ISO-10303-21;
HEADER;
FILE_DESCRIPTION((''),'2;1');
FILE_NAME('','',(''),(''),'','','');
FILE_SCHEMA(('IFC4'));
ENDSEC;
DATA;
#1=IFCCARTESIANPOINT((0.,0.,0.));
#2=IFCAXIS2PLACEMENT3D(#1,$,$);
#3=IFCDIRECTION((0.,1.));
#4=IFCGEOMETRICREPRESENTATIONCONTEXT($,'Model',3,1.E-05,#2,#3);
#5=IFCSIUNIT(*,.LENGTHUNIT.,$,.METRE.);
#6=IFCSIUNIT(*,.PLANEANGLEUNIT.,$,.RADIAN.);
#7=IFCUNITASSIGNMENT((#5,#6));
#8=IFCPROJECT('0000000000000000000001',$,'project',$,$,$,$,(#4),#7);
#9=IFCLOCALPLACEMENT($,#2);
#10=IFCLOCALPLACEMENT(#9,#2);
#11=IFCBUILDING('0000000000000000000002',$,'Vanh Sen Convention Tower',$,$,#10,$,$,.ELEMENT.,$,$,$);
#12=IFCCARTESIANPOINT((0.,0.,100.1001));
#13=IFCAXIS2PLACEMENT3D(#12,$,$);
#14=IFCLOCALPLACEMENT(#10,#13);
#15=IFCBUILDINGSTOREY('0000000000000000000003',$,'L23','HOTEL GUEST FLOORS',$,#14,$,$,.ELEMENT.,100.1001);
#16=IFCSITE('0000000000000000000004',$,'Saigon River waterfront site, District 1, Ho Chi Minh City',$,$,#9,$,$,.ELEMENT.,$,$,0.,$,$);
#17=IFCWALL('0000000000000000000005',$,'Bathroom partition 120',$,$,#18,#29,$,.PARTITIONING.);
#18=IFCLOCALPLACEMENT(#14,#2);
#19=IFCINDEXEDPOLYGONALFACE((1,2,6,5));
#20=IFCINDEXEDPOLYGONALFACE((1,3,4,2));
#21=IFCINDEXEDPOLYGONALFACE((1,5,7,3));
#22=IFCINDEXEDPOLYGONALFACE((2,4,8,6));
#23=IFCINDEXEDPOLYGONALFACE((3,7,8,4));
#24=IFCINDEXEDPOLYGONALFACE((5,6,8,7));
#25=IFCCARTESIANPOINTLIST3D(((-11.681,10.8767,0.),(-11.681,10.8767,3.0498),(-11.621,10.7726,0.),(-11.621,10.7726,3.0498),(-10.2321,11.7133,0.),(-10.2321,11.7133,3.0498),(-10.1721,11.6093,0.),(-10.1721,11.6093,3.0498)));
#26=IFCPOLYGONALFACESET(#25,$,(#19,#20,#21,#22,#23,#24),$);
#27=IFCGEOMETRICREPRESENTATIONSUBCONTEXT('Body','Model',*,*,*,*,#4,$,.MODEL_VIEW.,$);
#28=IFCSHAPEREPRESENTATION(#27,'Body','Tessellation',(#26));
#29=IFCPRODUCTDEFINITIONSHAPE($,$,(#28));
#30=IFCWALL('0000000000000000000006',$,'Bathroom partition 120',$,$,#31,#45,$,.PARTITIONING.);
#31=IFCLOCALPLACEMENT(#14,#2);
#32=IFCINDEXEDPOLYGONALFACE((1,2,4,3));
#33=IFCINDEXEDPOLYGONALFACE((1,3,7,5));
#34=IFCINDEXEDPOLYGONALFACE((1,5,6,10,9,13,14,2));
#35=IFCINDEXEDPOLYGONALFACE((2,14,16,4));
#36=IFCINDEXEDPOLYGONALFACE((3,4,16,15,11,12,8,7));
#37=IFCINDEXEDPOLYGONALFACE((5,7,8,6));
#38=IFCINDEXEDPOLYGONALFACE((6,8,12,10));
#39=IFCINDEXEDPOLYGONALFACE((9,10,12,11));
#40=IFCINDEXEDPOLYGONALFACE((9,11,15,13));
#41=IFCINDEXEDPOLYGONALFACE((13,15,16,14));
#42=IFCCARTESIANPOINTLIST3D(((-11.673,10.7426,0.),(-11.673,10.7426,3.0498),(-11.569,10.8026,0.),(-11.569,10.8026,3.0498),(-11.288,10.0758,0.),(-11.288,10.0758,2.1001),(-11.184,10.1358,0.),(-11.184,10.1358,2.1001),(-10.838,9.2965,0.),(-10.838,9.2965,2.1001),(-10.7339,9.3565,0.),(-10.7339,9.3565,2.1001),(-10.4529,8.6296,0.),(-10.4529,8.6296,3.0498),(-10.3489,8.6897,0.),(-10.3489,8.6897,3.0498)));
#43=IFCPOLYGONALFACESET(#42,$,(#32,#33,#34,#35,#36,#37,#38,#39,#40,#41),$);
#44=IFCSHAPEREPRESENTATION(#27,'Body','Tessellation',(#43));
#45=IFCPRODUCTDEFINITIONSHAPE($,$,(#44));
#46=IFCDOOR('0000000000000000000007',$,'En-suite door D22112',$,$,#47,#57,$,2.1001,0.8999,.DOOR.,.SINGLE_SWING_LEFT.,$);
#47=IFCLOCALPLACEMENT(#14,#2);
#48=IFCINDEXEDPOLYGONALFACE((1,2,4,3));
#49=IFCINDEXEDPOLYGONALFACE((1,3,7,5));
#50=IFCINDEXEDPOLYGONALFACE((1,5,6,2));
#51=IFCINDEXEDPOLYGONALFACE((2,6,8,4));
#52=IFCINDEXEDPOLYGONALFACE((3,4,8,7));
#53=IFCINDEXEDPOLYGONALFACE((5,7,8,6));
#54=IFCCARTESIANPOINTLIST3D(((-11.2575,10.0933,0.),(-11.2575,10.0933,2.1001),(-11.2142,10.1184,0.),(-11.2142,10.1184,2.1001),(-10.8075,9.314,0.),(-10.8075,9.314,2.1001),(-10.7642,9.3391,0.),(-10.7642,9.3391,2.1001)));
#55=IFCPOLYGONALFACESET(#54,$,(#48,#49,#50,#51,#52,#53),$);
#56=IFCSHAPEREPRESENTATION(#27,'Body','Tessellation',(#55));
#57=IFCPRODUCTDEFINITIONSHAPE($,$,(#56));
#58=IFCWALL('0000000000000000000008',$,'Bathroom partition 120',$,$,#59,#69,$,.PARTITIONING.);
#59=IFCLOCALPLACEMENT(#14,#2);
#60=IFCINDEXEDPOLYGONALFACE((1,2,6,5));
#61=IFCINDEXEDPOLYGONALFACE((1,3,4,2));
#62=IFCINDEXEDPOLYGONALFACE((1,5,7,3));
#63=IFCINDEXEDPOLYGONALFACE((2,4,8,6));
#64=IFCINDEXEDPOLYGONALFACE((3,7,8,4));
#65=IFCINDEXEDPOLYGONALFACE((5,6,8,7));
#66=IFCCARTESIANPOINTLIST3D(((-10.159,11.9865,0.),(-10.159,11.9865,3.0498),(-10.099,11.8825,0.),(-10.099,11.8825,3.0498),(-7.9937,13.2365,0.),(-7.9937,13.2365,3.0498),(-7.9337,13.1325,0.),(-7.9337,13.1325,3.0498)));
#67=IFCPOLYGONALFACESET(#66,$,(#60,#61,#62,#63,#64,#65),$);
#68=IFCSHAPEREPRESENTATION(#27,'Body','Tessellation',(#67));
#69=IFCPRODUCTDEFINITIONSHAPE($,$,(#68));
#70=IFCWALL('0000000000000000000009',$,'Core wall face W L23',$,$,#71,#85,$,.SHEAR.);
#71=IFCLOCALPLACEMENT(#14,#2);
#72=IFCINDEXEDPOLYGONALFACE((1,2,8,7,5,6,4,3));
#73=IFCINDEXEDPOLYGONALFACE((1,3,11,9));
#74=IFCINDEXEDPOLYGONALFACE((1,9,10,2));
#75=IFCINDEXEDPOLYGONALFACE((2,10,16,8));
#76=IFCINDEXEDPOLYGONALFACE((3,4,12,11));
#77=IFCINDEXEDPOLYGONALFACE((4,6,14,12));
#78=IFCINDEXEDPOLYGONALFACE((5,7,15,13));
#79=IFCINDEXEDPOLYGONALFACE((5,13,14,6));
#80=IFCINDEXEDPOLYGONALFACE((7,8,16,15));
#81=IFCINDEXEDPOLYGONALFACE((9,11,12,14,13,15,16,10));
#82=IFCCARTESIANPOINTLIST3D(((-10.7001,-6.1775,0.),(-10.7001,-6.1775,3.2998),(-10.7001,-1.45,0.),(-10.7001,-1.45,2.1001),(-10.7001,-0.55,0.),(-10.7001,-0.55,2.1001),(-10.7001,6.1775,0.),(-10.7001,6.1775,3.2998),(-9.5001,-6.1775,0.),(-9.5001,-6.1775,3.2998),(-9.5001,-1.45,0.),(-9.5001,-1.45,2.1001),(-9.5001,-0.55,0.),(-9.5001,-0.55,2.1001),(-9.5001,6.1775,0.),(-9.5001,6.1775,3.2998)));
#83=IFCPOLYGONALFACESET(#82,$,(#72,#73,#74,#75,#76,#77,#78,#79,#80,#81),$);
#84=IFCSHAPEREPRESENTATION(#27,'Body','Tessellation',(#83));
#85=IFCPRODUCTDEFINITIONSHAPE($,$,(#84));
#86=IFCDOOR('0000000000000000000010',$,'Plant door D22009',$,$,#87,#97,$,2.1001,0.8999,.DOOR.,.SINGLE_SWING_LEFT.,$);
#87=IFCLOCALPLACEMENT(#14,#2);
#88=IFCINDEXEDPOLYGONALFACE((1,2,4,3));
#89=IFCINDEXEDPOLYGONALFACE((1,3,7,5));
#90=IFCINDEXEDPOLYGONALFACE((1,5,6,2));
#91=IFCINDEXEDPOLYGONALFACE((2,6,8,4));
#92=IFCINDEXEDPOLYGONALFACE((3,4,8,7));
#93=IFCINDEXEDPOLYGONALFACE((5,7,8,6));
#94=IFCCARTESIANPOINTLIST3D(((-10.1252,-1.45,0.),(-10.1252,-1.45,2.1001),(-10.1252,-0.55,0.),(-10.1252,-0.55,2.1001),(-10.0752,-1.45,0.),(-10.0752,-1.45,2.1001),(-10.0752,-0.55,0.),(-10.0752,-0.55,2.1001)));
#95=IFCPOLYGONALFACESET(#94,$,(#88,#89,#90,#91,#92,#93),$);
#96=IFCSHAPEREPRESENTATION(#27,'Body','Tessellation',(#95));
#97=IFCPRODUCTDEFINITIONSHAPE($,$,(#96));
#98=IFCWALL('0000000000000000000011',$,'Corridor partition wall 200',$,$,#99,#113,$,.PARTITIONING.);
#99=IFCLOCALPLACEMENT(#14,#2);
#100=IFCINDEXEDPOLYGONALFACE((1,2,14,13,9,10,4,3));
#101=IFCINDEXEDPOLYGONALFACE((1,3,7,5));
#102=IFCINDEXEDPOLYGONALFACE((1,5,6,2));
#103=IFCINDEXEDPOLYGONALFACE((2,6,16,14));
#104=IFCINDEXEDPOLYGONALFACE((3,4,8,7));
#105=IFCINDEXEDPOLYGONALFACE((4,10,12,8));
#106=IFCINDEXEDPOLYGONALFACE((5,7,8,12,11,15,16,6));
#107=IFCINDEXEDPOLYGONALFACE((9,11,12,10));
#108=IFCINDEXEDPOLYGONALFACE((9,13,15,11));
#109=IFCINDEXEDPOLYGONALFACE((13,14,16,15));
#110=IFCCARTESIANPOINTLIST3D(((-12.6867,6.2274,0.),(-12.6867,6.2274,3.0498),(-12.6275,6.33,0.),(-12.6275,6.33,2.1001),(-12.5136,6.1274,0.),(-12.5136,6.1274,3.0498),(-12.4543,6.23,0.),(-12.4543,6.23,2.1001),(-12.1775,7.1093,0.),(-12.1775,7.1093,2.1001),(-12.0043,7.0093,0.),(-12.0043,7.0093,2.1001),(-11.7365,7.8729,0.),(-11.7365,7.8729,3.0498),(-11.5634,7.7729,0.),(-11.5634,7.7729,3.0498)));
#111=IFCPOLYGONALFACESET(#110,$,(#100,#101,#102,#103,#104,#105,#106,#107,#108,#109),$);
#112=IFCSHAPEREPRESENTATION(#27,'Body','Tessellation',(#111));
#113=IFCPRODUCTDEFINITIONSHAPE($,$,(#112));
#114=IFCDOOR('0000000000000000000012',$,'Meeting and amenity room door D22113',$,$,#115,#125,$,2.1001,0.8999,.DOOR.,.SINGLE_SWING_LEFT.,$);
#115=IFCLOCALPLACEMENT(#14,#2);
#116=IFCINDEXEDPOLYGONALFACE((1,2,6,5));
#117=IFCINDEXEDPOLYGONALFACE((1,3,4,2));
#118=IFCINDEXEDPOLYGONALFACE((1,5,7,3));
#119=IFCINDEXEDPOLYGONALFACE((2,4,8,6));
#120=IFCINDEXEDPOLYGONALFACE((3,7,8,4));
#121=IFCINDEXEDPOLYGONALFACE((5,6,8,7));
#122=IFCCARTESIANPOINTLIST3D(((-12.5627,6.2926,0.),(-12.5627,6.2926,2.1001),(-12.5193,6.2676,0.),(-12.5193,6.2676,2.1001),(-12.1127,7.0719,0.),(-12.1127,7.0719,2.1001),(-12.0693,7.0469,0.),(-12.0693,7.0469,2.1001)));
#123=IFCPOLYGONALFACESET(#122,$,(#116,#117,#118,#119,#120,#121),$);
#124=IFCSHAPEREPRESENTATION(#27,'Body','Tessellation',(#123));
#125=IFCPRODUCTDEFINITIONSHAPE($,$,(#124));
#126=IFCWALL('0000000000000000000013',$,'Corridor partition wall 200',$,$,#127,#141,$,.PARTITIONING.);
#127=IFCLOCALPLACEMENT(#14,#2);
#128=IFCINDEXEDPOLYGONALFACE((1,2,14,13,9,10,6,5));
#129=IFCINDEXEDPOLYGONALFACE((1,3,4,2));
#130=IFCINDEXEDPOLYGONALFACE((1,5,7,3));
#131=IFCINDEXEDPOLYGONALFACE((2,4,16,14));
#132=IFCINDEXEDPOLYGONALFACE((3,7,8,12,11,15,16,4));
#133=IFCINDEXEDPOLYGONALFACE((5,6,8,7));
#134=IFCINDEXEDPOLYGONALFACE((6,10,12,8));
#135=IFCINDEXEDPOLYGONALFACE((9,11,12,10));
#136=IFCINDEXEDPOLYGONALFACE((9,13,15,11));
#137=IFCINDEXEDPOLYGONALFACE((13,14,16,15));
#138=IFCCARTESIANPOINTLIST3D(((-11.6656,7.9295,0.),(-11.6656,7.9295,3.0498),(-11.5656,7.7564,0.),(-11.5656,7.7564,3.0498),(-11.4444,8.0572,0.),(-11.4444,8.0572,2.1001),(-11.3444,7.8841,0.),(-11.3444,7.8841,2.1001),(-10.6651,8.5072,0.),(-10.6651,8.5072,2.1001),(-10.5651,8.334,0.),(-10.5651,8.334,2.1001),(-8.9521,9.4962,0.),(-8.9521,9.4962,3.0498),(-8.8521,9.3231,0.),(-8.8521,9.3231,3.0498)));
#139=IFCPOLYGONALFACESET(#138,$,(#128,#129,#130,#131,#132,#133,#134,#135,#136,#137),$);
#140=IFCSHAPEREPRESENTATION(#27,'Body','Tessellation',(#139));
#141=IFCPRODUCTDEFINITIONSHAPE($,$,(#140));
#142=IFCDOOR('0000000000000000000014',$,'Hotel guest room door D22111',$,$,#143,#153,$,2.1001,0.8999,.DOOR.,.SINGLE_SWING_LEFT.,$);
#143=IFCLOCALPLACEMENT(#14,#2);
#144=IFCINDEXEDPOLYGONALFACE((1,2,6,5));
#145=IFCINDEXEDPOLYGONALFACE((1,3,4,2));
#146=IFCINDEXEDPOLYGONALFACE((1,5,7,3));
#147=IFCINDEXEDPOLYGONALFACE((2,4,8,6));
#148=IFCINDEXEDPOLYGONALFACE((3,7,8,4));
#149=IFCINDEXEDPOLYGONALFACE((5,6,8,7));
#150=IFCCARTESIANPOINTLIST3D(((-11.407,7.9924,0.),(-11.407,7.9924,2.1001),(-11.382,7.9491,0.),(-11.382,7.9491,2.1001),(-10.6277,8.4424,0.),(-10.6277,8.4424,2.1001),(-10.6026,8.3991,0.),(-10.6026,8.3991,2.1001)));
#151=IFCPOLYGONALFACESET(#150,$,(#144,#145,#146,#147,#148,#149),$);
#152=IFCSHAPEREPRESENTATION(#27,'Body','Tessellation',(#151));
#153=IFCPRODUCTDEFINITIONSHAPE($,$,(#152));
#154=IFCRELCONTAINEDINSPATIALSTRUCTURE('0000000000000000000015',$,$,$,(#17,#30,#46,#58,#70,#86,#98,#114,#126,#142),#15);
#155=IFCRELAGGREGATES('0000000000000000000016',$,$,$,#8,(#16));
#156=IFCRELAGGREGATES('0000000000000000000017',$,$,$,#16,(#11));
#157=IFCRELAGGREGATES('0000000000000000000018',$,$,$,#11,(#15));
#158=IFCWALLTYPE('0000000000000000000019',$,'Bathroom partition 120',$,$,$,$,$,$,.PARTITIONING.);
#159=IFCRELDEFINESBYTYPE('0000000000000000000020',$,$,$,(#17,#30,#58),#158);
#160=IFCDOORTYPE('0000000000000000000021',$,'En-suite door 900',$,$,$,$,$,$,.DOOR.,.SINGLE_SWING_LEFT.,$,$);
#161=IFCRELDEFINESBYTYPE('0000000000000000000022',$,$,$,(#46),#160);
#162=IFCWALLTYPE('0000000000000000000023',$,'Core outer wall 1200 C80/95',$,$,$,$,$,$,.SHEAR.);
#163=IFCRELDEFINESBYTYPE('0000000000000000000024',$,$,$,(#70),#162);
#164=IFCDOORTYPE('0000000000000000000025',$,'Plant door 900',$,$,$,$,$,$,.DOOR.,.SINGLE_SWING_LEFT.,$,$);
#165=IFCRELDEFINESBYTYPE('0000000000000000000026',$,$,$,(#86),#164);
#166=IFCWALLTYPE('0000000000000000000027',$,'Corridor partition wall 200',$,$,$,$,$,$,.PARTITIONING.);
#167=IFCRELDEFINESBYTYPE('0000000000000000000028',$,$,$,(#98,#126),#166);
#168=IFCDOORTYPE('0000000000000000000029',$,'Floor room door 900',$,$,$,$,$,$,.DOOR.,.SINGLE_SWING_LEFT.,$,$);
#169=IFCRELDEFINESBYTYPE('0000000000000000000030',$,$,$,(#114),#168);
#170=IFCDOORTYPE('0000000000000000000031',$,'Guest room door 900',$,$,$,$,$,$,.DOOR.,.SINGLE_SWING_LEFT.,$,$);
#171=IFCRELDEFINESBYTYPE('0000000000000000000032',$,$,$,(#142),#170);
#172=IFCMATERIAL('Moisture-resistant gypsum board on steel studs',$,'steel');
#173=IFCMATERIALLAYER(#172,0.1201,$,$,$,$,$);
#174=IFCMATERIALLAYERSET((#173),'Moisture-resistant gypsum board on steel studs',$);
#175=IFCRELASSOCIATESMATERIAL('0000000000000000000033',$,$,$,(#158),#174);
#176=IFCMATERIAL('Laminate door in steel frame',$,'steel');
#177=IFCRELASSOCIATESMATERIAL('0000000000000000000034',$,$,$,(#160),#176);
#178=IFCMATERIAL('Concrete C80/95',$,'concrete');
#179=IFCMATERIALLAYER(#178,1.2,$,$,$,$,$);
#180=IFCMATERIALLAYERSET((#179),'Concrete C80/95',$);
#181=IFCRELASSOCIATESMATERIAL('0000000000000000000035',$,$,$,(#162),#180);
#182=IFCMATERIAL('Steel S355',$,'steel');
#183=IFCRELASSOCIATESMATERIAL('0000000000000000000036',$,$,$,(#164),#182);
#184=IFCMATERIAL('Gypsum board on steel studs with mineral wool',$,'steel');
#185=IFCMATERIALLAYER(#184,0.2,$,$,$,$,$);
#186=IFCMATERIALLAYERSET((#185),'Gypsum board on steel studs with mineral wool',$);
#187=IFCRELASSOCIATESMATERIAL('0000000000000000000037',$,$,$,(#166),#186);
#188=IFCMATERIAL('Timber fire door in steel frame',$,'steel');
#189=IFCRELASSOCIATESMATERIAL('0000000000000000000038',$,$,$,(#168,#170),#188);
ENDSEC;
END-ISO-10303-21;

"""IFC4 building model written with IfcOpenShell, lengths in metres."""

from ifc_helpers import new_model, si_unit, direction, frame, frame_2d, origin, place, context, subcontext, project, spatial, rectangle, extrude, material, layer, layer_set, type_object, element, fill, save


model = new_model("IFC4")

# Units and contexts
model_context = context("Model", 3, precision=1e-05, world=origin(), true_north=direction((0.0, 1.0)))
body_context = subcontext(model_context, "Body", "Model", "MODEL_VIEW")
ifc_project = project(units=[si_unit("LENGTHUNIT", "METRE"), si_unit("PLANEANGLEUNIT", "RADIAN")], contexts=[model_context])

# Site, building, storey
site_placement = place(None, origin())
site = spatial("IfcSite", under=ifc_project, at=site_placement, Name="Saigon River waterfront site, District 1, Ho Chi Minh City", CompositionType="ELEMENT", RefElevation=0.0)
building_placement = place(site_placement, origin())
building = spatial("IfcBuilding", under=site, at=building_placement, Name="Vanh Sen Convention Tower", CompositionType="ELEMENT")
storey_placement = place(building_placement, frame((0.0, 0.0, 100.1001)))
storey = spatial("IfcBuildingStorey", under=building, at=storey_placement, Name="L23", Description="HOTEL GUEST FLOORS", CompositionType="ELEMENT", Elevation=100.1001)

# Wall
ifc_material_1 = material(Name="Moisture-resistant gypsum board on steel studs", Category="steel")
ifc_layer_1 = layer(ifc_material_1, 0.1201)
ifc_layer_set_1 = layer_set([ifc_layer_1], Name="Moisture-resistant gypsum board on steel studs")
wall_type_1 = type_object("IfcWallType", Name="Bathroom partition 120", PredefinedType="PARTITIONING", material=ifc_layer_set_1)
wall_1_placement = place(storey_placement, frame((-11.6509, 10.8247, 0.0), z_axis=(0.0, 0.0, 1.0), x_axis=(0.865998, 0.500047, 0.0)))
element("IfcWall", 1, at=wall_1_placement, inside=storey, type_object=wall_type_1, Name="Bathroom partition 120", PredefinedType="PARTITIONING", context=body_context, shape_type="SweptSolid", body=[
    extrude(rectangle(XDim=1.6731, YDim=0.1201, at=frame_2d((0.8364, 0.0))), origin(), (0.0, 0.0, 1.0), 3.0498),
])

# Wall, opening, door
wall_2_placement = place(storey_placement, frame((-10.4009, 8.6597, 0.0), z_axis=(0.0, 0.0, 1.0), x_axis=(-0.500078, 0.865981, 0.0)))
wall_2 = element("IfcWall", 2, at=wall_2_placement, inside=storey, type_object=wall_type_1, Name="Bathroom partition 120", PredefinedType="PARTITIONING", context=body_context, shape_type="SweptSolid", body=[
    extrude(rectangle(XDim=2.4399, YDim=0.1201, at=frame_2d((1.22, 0.0))), origin(), (0.0, 0.0, 1.0), 3.0498),
])
opening_1_placement = place(wall_2_placement, frame((0.77, 0.0, 0.0)))
opening_1 = element("IfcOpeningElement", 3, at=opening_1_placement, cuts=wall_2, PredefinedType="OPENING", context=body_context, shape_type="SweptSolid", body=[
    extrude(rectangle(XDim=0.8999, YDim=2.1001, at=frame_2d((0.45, 1.05))), frame((0.0, 0.0701, 0.0), z_axis=(0.0, -1.0, 0.0), x_axis=(1.0, 0.0, 0.0)), (0.0, 0.0, 1.0), 0.1401),
])
ifc_material_2 = material(Name="Laminate door in steel frame", Category="steel")
door_type_1 = type_object("IfcDoorType", Name="En-suite door 900", OperationType="SINGLE_SWING_LEFT", PredefinedType="DOOR", material=ifc_material_2)
door_1_placement = place(opening_1_placement, origin())
door_1 = element("IfcDoor", 4, at=door_1_placement, inside=storey, type_object=door_type_1, Name="En-suite door D22112", OperationType="SINGLE_SWING_LEFT", OverallHeight=2.1001, OverallWidth=0.8999, PredefinedType="DOOR", context=body_context, shape_type="SweptSolid", body=[
    extrude(rectangle(XDim=0.8999, YDim=2.1001, at=frame_2d((0.45, 1.05))), frame((0.0, 0.0249, 0.0), z_axis=(0.0, -1.0, 0.0), x_axis=(1.0, 0.0, 0.0)), (0.0, 0.0, 1.0), 0.05),
])
fill(opening_1, door_1)

# Wall
wall_3_placement = place(storey_placement, frame((-10.1289, 11.9346, 0.0), z_axis=(0.0, 0.0, 1.0), x_axis=(0.866047, 0.499962, 0.0)))
element("IfcWall", 5, at=wall_3_placement, inside=storey, type_object=wall_type_1, Name="Bathroom partition 120", PredefinedType="PARTITIONING", context=body_context, shape_type="SweptSolid", body=[
    extrude(rectangle(XDim=2.5002, YDim=0.1201, at=frame_2d((1.25, 0.0))), origin(), (0.0, 0.0, 1.0), 3.0498),
])

# Walls, openings, doors
ifc_material_3 = material(Name="Concrete C80/95", Category="concrete")
ifc_layer_2 = layer(ifc_material_3, 1.2)
ifc_layer_set_2 = layer_set([ifc_layer_2], Name="Concrete C80/95")
wall_type_2 = type_object("IfcWallType", Name="Core outer wall 1200 C80/95", PredefinedType="SHEAR", material=ifc_layer_set_2)
wall_4_placement = place(storey_placement, frame((-10.1001, 6.1775, 0.0), z_axis=(0.0, 0.0, 1.0), x_axis=(0.0, -1.0, 0.0)))
wall_4 = element("IfcWall", 6, at=wall_4_placement, inside=storey, type_object=wall_type_2, Name="Core wall face W L23", PredefinedType="SHEAR", context=body_context, shape_type="SweptSolid", body=[
    extrude(rectangle(XDim=12.355, YDim=1.2, at=frame_2d((6.1775, 0.0))), origin(), (0.0, 0.0, 1.0), 3.2998),
])
opening_2_placement = place(wall_4_placement, frame((6.7275, 0.0, 0.0)))
opening_2 = element("IfcOpeningElement", 7, at=opening_2_placement, cuts=wall_4, PredefinedType="OPENING", context=body_context, shape_type="SweptSolid", body=[
    extrude(rectangle(XDim=0.8999, YDim=2.1001, at=frame_2d((0.45, 1.05))), frame((0.0, 0.6099, 0.0), z_axis=(0.0, -1.0, 0.0), x_axis=(1.0, 0.0, 0.0)), (0.0, 0.0, 1.0), 1.22),
])
ifc_material_4 = material(Name="Steel S355", Category="steel")
door_type_2 = type_object("IfcDoorType", Name="Plant door 900", OperationType="SINGLE_SWING_LEFT", PredefinedType="DOOR", material=ifc_material_4)
door_2_placement = place(opening_2_placement, origin())
door_2 = element("IfcDoor", 8, at=door_2_placement, inside=storey, type_object=door_type_2, Name="Plant door D22009", OperationType="SINGLE_SWING_LEFT", OverallHeight=2.1001, OverallWidth=0.8999, PredefinedType="DOOR", context=body_context, shape_type="SweptSolid", body=[
    extrude(rectangle(XDim=0.8999, YDim=2.1001, at=frame_2d((0.45, 1.05))), frame((0.0, 0.0249, 0.0), z_axis=(0.0, -1.0, 0.0), x_axis=(1.0, 0.0, 0.0)), (0.0, 0.0, 1.0), 0.05),
])
fill(opening_2, door_2)
ifc_material_5 = material(Name="Gypsum board on steel studs with mineral wool", Category="steel")
ifc_layer_3 = layer(ifc_material_5, 0.2)
ifc_layer_set_3 = layer_set([ifc_layer_3], Name="Gypsum board on steel studs with mineral wool")
wall_type_3 = type_object("IfcWallType", Name="Corridor partition wall 200", PredefinedType="PARTITIONING", material=ifc_layer_set_3)
wall_5_placement = place(storey_placement, frame((-11.6499, 7.823, 0.0), z_axis=(0.0, 0.0, 1.0), x_axis=(-0.500064, -0.865989, 0.0)))
wall_5 = element("IfcWall", 9, at=wall_5_placement, inside=storey, type_object=wall_type_3, Name="Corridor partition wall 200", PredefinedType="PARTITIONING", context=body_context, shape_type="SweptSolid", body=[
    extrude(rectangle(XDim=1.9001, YDim=0.2, at=frame_2d((0.9502, 0.0))), origin(), (0.0, 0.0, 1.0), 3.0498),
])
opening_3_placement = place(wall_5_placement, frame((0.8818, 0.0, 0.0)))
opening_3 = element("IfcOpeningElement", 10, at=opening_3_placement, cuts=wall_5, PredefinedType="OPENING", context=body_context, shape_type="SweptSolid", body=[
    extrude(rectangle(XDim=0.8999, YDim=2.1001, at=frame_2d((0.45, 1.05))), frame((0.0, 0.1099, 0.0), z_axis=(0.0, -1.0, 0.0), x_axis=(1.0, 0.0, 0.0)), (0.0, 0.0, 1.0), 0.22),
])
ifc_material_6 = material(Name="Timber fire door in steel frame", Category="steel")
door_type_3 = type_object("IfcDoorType", Name="Floor room door 900", OperationType="SINGLE_SWING_LEFT", PredefinedType="DOOR", material=ifc_material_6)
door_3_placement = place(opening_3_placement, origin())
door_3 = element("IfcDoor", 11, at=door_3_placement, inside=storey, type_object=door_type_3, Name="Meeting and amenity room door D22113", OperationType="SINGLE_SWING_LEFT", OverallHeight=2.1001, OverallWidth=0.8999, PredefinedType="DOOR", context=body_context, shape_type="SweptSolid", body=[
    extrude(rectangle(XDim=0.8999, YDim=2.1001, at=frame_2d((0.45, 1.05))), frame((0.0, 0.0249, 0.0), z_axis=(0.0, -1.0, 0.0), x_axis=(1.0, 0.0, 0.0)), (0.0, 0.0, 1.0), 0.05),
])
fill(opening_3, door_3)
wall_6_placement = place(storey_placement, frame((-8.9021, 9.4097, 0.0), z_axis=(0.0, 0.0, 1.0), x_axis=(-0.866014, -0.500019, 0.0)))
wall_6 = element("IfcWall", 12, at=wall_6_placement, inside=storey, type_object=wall_type_3, Name="Corridor partition wall 200", PredefinedType="PARTITIONING", context=body_context, shape_type="SweptSolid", body=[
    extrude(rectangle(XDim=3.1333, YDim=0.2, at=frame_2d((1.5667, 0.0))), origin(), (0.0, 0.0, 1.0), 3.0498),
])
opening_4_placement = place(wall_6_placement, frame((1.978, 0.0, 0.0)))
opening_4 = element("IfcOpeningElement", 13, at=opening_4_placement, cuts=wall_6, PredefinedType="OPENING", context=body_context, shape_type="SweptSolid", body=[
    extrude(rectangle(XDim=0.8999, YDim=2.1001, at=frame_2d((0.45, 1.05))), frame((0.0, 0.1099, 0.0), z_axis=(0.0, -1.0, 0.0), x_axis=(1.0, 0.0, 0.0)), (0.0, 0.0, 1.0), 0.22),
])
door_type_4 = type_object("IfcDoorType", Name="Guest room door 900", OperationType="SINGLE_SWING_LEFT", PredefinedType="DOOR", material=ifc_material_6)
door_4_placement = place(opening_4_placement, origin())
door_4 = element("IfcDoor", 14, at=door_4_placement, inside=storey, type_object=door_type_4, Name="Hotel guest room door D22111", OperationType="SINGLE_SWING_LEFT", OverallHeight=2.1001, OverallWidth=0.8999, PredefinedType="DOOR", context=body_context, shape_type="SweptSolid", body=[
    extrude(rectangle(XDim=0.8999, YDim=2.1001, at=frame_2d((0.45, 1.05))), frame((0.0, 0.0249, 0.0), z_axis=(0.0, -1.0, 0.0), x_axis=(1.0, 0.0, 0.0)), (0.0, 0.0, 1.0), 0.05),
])
fill(opening_4, door_4)

save(model, "model.ifc")
